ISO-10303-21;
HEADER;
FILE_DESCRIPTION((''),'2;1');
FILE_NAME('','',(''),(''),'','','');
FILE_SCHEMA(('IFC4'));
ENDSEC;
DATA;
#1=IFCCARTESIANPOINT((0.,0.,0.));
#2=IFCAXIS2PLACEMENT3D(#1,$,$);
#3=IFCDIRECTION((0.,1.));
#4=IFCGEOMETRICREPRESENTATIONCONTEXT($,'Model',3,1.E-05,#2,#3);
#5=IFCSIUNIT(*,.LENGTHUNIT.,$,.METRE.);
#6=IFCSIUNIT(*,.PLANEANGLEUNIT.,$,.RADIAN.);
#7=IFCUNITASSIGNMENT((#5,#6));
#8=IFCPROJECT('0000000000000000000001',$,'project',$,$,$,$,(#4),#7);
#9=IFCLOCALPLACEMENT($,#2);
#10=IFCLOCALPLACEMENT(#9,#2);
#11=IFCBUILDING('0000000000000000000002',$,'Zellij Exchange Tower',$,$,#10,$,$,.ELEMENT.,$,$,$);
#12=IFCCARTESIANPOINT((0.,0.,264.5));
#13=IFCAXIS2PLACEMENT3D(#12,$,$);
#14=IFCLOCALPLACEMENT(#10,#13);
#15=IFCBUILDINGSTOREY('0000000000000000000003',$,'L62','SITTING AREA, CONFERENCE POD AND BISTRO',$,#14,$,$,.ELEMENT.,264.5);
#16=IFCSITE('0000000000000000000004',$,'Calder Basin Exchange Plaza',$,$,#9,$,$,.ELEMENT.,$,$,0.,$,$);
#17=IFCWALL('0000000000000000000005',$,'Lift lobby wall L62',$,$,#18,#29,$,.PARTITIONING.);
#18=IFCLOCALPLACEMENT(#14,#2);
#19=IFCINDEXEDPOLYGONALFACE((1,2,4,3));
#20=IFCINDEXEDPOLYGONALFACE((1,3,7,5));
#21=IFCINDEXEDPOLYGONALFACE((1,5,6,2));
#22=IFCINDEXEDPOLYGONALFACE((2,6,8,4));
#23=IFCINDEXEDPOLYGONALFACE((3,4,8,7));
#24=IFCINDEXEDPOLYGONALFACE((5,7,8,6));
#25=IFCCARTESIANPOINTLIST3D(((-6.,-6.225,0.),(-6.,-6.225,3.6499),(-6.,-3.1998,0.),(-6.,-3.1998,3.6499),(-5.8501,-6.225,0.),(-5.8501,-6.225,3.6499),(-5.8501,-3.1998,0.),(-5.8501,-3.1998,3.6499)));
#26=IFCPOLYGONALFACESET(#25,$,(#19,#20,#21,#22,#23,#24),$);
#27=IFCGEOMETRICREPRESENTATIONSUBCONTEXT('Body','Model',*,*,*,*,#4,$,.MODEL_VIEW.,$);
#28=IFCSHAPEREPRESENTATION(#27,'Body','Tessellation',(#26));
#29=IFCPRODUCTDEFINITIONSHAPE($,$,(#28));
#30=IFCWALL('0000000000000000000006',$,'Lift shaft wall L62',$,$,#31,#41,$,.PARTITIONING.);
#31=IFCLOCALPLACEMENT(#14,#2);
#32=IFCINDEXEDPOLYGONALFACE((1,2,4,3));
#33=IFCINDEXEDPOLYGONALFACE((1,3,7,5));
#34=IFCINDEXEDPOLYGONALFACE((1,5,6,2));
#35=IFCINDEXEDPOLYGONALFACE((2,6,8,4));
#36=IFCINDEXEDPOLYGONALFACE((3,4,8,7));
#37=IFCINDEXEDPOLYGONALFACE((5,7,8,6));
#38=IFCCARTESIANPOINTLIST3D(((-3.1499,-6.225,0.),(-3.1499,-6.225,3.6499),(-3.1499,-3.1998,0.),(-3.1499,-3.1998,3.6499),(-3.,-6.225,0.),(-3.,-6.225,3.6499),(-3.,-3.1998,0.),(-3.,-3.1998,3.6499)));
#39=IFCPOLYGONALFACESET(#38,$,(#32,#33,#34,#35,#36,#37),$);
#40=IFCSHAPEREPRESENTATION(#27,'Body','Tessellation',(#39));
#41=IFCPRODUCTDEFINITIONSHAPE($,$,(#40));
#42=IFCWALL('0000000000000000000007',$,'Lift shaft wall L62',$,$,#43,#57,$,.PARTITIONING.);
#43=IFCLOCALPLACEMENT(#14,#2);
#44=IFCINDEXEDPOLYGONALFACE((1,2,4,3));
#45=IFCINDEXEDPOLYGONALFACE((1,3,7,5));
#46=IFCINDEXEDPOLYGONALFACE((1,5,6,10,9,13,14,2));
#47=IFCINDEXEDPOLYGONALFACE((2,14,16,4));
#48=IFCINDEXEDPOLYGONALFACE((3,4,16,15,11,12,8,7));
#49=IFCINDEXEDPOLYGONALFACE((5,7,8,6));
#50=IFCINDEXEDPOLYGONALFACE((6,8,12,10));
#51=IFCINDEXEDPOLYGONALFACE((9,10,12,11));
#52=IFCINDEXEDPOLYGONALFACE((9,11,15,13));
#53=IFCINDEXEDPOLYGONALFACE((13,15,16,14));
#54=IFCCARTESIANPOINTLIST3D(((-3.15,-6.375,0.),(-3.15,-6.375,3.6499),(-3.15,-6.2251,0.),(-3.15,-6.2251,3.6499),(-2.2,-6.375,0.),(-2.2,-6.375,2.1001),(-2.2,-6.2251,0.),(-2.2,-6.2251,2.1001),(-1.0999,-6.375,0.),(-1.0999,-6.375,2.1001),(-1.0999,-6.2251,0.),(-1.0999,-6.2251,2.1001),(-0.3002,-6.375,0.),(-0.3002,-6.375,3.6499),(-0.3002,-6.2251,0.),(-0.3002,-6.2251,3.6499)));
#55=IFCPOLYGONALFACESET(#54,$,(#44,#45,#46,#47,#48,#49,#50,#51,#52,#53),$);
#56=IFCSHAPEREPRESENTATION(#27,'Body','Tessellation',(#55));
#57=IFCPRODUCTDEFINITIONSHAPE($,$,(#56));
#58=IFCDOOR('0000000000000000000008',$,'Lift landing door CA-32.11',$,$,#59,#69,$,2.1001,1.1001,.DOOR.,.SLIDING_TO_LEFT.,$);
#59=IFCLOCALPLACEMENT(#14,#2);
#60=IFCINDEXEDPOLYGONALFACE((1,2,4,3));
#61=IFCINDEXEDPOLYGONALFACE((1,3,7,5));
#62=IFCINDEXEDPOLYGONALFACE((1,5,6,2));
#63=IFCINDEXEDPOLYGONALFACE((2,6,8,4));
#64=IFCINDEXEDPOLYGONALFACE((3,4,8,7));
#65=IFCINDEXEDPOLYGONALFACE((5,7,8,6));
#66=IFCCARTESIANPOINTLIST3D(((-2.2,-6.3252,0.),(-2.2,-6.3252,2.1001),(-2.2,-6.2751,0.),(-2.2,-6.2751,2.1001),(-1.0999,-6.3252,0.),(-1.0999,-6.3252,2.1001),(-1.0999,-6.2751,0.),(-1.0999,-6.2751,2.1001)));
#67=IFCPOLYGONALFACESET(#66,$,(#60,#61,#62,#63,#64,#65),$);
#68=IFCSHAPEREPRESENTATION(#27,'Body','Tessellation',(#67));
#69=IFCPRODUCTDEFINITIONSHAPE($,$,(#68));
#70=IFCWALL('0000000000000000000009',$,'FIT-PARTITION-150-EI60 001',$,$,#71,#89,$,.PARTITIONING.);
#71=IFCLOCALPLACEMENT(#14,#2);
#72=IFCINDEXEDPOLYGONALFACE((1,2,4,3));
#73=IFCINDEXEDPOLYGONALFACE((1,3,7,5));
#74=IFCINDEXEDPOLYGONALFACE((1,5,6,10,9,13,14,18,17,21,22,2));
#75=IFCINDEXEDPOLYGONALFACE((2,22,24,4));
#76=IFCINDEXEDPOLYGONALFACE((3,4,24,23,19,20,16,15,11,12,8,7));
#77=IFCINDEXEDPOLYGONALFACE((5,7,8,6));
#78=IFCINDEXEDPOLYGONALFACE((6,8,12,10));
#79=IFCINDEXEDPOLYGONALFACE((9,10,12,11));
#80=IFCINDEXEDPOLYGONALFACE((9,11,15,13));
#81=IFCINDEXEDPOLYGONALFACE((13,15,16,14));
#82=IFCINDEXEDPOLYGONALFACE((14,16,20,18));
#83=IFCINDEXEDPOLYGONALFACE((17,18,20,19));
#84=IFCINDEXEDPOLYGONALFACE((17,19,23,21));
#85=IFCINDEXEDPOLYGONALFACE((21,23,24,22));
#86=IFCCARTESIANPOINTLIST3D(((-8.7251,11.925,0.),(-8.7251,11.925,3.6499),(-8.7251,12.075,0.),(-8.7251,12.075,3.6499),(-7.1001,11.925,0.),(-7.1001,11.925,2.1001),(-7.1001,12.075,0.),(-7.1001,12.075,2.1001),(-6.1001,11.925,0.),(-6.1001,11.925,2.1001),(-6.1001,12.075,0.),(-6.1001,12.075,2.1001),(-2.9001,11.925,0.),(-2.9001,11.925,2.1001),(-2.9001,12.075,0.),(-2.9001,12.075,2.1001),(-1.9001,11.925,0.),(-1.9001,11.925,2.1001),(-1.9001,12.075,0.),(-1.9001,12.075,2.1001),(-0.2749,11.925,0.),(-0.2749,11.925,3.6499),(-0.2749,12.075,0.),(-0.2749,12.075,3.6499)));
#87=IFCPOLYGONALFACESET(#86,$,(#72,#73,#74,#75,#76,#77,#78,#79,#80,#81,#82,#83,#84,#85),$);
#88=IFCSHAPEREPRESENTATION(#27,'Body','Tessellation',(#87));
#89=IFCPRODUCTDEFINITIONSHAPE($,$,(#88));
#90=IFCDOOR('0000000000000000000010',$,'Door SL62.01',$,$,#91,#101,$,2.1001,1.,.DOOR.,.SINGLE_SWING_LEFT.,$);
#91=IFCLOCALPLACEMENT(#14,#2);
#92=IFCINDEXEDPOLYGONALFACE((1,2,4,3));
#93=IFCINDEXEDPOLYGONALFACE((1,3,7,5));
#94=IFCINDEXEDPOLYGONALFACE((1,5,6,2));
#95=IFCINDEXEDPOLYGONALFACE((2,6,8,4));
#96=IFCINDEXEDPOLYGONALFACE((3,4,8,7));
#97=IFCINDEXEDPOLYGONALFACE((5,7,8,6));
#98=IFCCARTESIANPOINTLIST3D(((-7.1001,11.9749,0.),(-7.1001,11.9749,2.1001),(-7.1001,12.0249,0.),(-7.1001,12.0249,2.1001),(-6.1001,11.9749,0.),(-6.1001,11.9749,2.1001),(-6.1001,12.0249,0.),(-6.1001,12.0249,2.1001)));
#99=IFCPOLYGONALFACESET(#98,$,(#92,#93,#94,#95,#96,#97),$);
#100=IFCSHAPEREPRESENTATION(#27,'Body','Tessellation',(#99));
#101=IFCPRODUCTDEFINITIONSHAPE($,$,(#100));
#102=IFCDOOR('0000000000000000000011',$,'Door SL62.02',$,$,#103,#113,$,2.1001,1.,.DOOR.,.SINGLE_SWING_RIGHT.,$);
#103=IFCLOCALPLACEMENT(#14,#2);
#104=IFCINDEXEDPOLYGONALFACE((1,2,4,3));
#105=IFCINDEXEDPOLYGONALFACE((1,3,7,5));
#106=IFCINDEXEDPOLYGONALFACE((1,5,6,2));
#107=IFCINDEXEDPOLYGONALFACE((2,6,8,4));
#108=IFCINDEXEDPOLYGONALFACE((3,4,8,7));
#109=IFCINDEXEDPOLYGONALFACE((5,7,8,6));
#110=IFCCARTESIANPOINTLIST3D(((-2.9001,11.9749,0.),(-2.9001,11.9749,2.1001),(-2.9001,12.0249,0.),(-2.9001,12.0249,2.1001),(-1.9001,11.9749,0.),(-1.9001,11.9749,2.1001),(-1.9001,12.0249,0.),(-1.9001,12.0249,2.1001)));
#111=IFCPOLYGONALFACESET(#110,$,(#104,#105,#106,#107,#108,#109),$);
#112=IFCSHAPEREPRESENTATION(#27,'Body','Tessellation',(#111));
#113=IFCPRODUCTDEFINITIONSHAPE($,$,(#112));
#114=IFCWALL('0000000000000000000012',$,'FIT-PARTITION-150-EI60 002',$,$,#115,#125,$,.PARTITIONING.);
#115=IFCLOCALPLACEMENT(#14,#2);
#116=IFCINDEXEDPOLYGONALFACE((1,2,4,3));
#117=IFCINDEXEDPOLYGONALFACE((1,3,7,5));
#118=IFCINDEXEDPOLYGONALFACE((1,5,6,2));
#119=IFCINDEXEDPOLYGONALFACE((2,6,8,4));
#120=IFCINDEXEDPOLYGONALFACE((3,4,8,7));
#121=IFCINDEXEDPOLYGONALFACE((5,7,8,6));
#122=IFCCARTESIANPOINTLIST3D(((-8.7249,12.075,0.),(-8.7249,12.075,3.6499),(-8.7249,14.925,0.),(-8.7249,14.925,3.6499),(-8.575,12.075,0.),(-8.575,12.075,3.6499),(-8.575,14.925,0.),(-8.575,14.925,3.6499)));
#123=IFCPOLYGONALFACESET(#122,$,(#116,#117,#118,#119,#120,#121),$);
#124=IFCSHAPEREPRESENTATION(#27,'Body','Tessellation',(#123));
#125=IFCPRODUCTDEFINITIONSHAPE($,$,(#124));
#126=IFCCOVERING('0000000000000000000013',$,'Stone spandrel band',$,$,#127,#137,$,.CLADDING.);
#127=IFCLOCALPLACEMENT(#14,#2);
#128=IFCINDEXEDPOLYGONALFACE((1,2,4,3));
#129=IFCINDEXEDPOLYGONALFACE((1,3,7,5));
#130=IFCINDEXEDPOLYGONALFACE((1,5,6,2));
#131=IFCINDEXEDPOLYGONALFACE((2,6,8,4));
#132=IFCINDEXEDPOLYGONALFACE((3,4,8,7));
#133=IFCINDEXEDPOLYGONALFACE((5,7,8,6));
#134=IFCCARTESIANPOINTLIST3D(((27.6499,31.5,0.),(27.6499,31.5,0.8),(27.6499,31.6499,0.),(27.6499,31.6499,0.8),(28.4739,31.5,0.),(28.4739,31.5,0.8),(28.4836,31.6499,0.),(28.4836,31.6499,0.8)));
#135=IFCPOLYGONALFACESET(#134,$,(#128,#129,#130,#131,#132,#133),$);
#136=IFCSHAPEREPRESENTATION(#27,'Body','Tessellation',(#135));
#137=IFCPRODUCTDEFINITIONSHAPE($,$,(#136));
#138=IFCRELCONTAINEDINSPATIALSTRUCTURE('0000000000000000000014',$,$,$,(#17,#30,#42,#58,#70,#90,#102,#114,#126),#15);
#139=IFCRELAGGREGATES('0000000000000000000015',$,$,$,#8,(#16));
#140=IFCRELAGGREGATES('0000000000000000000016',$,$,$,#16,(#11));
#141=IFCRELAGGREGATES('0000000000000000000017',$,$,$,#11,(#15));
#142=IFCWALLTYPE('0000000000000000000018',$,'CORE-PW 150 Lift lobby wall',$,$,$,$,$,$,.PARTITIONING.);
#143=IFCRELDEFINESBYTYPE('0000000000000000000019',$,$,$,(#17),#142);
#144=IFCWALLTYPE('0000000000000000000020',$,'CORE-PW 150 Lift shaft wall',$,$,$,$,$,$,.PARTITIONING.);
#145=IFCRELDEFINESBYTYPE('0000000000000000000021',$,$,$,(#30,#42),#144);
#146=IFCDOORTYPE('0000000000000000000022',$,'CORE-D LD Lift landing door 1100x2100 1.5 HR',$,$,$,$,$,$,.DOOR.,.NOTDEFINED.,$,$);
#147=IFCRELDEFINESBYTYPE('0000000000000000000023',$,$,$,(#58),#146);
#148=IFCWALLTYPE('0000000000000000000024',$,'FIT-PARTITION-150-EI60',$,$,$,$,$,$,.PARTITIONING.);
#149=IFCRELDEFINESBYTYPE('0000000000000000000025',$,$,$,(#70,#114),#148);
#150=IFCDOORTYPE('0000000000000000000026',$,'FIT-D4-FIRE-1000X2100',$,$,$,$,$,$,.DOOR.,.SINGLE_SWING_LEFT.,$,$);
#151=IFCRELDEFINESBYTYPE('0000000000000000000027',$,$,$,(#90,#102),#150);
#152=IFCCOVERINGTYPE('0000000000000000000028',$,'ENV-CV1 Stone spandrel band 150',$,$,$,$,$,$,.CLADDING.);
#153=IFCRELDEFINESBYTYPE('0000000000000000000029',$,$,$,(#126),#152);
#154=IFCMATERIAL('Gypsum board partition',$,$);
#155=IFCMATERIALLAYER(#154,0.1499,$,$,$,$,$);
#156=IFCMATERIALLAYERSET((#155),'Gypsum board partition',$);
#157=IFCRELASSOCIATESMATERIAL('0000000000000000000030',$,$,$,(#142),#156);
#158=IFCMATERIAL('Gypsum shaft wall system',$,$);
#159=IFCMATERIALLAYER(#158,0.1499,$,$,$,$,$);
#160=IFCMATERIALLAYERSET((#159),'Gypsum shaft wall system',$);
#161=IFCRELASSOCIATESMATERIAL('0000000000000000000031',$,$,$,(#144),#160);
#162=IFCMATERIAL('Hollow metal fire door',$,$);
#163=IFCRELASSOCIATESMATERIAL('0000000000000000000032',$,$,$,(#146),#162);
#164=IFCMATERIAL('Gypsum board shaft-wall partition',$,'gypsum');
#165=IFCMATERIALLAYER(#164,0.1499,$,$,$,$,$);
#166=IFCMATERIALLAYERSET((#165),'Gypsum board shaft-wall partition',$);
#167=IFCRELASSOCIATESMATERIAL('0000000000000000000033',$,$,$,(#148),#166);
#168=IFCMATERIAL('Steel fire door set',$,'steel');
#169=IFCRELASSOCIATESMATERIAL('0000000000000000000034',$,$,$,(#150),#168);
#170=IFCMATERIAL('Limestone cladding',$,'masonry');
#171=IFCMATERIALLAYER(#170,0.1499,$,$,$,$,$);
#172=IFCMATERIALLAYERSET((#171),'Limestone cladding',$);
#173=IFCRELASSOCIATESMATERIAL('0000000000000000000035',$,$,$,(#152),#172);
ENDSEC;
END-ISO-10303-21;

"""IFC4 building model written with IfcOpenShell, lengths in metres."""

from ifc_helpers import new_model, si_unit, direction, frame, frame_2d, origin, place, context, subcontext, project, spatial, polyline, rectangle, outline, extrude, material, layer, layer_set, type_object, element, fill, save


model = new_model("IFC4")

# Units and contexts
model_context = context("Model", 3, precision=1e-05, world=origin(), true_north=direction((0.0, 1.0)))
body_context = subcontext(model_context, "Body", "Model", "MODEL_VIEW")
ifc_project = project(units=[si_unit("LENGTHUNIT", "METRE"), si_unit("PLANEANGLEUNIT", "RADIAN")], contexts=[model_context])

# Site, building, storey
site_placement = place(None, origin())
site = spatial("IfcSite", under=ifc_project, at=site_placement, Name="Calder Basin Exchange Plaza", CompositionType="ELEMENT", RefElevation=0.0)
building_placement = place(site_placement, origin())
building = spatial("IfcBuilding", under=site, at=building_placement, Name="Zellij Exchange Tower", CompositionType="ELEMENT")
storey_placement = place(building_placement, frame((0.0, 0.0, 264.5)))
storey = spatial("IfcBuildingStorey", under=building, at=storey_placement, Name="L62", Description="SITTING AREA, CONFERENCE POD AND BISTRO", CompositionType="ELEMENT", Elevation=264.5)

# Shared definitions
ifc_material_1 = material(Name="Gypsum shaft wall system")
ifc_material_2 = material(Name="Hollow metal fire door")

# Walls
ifc_material_3 = material(Name="Gypsum board partition")
ifc_layer_1 = layer(ifc_material_3, 0.1499)
ifc_layer_set_1 = layer_set([ifc_layer_1], Name="Gypsum board partition")
wall_type_1 = type_object("IfcWallType", Name="CORE-PW 150 Lift lobby wall", PredefinedType="PARTITIONING", material=ifc_layer_set_1)
for number, where, z_axis, x_axis, name in (
    (1, (-5.925, -6.2251, 0.0), (0.0, 0.0, 1.0), (0.0, 1.0, 0.0), "Lift lobby wall L62"),
):
    element("IfcWall", number, at=place(storey_placement, frame(where, z_axis=z_axis, x_axis=x_axis)), inside=storey, type_object=wall_type_1, Name=name, PredefinedType="PARTITIONING", context=body_context, shape_type="SweptSolid", body=[
        extrude(rectangle(XDim=3.0251, YDim=0.1499, at=frame_2d((1.5127, 0.0))), origin(), (0.0, 0.0, 1.0), 3.6499),
    ])
ifc_layer_2 = layer(ifc_material_1, 0.1499)
ifc_layer_set_2 = layer_set([ifc_layer_2], Name="Gypsum shaft wall system")
wall_type_2 = type_object("IfcWallType", Name="CORE-PW 150 Lift shaft wall", PredefinedType="PARTITIONING", material=ifc_layer_set_2)
wall_1_placement = place(storey_placement, frame((-3.075, -6.2251, 0.0), z_axis=(0.0, 0.0, 1.0), x_axis=(0.0, 1.0, 0.0)))
element("IfcWall", 2, at=wall_1_placement, inside=storey, type_object=wall_type_2, Name="Lift shaft wall L62", PredefinedType="PARTITIONING", context=body_context, shape_type="SweptSolid", body=[
    extrude(rectangle(XDim=3.0251, YDim=0.1499, at=frame_2d((1.5127, 0.0))), origin(), (0.0, 0.0, 1.0), 3.6499),
])

# Wall, opening, door
wall_2_placement = place(storey_placement, frame((-3.1499, -6.3, 0.0), z_axis=(0.0, 0.0, 1.0), x_axis=(1.0, 0.0, 0.0)))
wall_2 = element("IfcWall", 3, at=wall_2_placement, inside=storey, type_object=wall_type_2, Name="Lift shaft wall L62", PredefinedType="PARTITIONING", context=body_context, shape_type="SweptSolid", body=[
    extrude(rectangle(XDim=2.8499, YDim=0.1499, at=frame_2d((1.4248, 0.0))), origin(), (0.0, 0.0, 1.0), 3.6499),
])
opening_1_placement = place(wall_2_placement, frame((0.95, 0.0, 0.0)))
opening_1 = element("IfcOpeningElement", 4, at=opening_1_placement, cuts=wall_2, PredefinedType="OPENING", context=body_context, shape_type="SweptSolid", body=[
    extrude(rectangle(XDim=1.1001, YDim=2.1001, at=frame_2d((0.55, 1.05))), frame((0.0, 0.0869, 0.0), z_axis=(0.0, -1.0, 0.0), x_axis=(1.0, 0.0, 0.0)), (0.0, 0.0, 1.0), 0.1738),
])
door_type_1 = type_object("IfcDoorType", Name="CORE-D LD Lift landing door 1100x2100 1.5 HR", OperationType="NOTDEFINED", PredefinedType="DOOR", material=ifc_material_2)
door_1_placement = place(opening_1_placement, origin())
door_1 = element("IfcDoor", 5, at=door_1_placement, inside=storey, type_object=door_type_1, Name="Lift landing door CA-32.11", OperationType="SLIDING_TO_LEFT", OverallHeight=2.1001, OverallWidth=1.1001, PredefinedType="DOOR", context=body_context, shape_type="SweptSolid", body=[
    extrude(rectangle(XDim=1.1001, YDim=2.1001, at=frame_2d((0.55, 1.05))), frame((0.0, 0.0249, 0.0), z_axis=(0.0, -1.0, 0.0), x_axis=(1.0, 0.0, 0.0)), (0.0, 0.0, 1.0), 0.05),
])
fill(opening_1, door_1)

# Wall, openings, doors
ifc_material_4 = material(Name="Gypsum board shaft-wall partition", Category="gypsum")
ifc_layer_3 = layer(ifc_material_4, 0.1499)
ifc_layer_set_3 = layer_set([ifc_layer_3], Name="Gypsum board shaft-wall partition")
wall_type_3 = type_object("IfcWallType", Name="FIT-PARTITION-150-EI60", PredefinedType="PARTITIONING", material=ifc_layer_set_3)
wall_3_placement = place(storey_placement, frame((-8.7251, 12.0, 0.0), z_axis=(0.0, 0.0, 1.0), x_axis=(1.0, 0.0, 0.0)))
wall_3 = element("IfcWall", 6, at=wall_3_placement, inside=storey, type_object=wall_type_3, Name="FIT-PARTITION-150-EI60 001", PredefinedType="PARTITIONING", context=body_context, shape_type="SweptSolid", body=[
    extrude(rectangle(XDim=8.4502, YDim=0.1499, at=frame_2d((4.2251, 0.0))), origin(), (0.0, 0.0, 1.0), 3.6499),
])
opening_2_placement = place(wall_3_placement, frame((1.625, 0.0, 0.0)))
opening_2 = element("IfcOpeningElement", 7, at=opening_2_placement, cuts=wall_3, PredefinedType="OPENING", context=body_context, shape_type="SweptSolid", body=[
    extrude(rectangle(XDim=1.0, YDim=2.1001, at=frame_2d((0.5, 1.05))), frame((0.0, 0.0869, 0.0), z_axis=(0.0, -1.0, 0.0), x_axis=(1.0, 0.0, 0.0)), (0.0, 0.0, 1.0), 0.1738),
])
opening_3_placement = place(wall_3_placement, frame((5.825, 0.0, 0.0)))
opening_3 = element("IfcOpeningElement", 8, at=opening_3_placement, cuts=wall_3, PredefinedType="OPENING", context=body_context, shape_type="SweptSolid", body=[
    extrude(rectangle(XDim=1.0, YDim=2.1001, at=frame_2d((0.5, 1.05))), frame((0.0, 0.0869, 0.0), z_axis=(0.0, -1.0, 0.0), x_axis=(1.0, 0.0, 0.0)), (0.0, 0.0, 1.0), 0.1738),
])
ifc_material_5 = material(Name="Steel fire door set", Category="steel")
door_type_2 = type_object("IfcDoorType", Name="FIT-D4-FIRE-1000X2100", OperationType="SINGLE_SWING_LEFT", PredefinedType="DOOR", material=ifc_material_5)
door_2_placement = place(opening_2_placement, origin())
door_2 = element("IfcDoor", 9, at=door_2_placement, inside=storey, type_object=door_type_2, Name="Door SL62.01", OperationType="SINGLE_SWING_LEFT", OverallHeight=2.1001, OverallWidth=1.0, PredefinedType="DOOR", context=body_context, shape_type="SweptSolid", body=[
    extrude(rectangle(XDim=1.0, YDim=2.1001, at=frame_2d((0.5, 1.05))), frame((0.0, 0.0249, 0.0), z_axis=(0.0, -1.0, 0.0), x_axis=(1.0, 0.0, 0.0)), (0.0, 0.0, 1.0), 0.05),
])
fill(opening_2, door_2)
door_3_placement = place(opening_3_placement, origin())
door_3 = element("IfcDoor", 10, at=door_3_placement, inside=storey, type_object=door_type_2, Name="Door SL62.02", OperationType="SINGLE_SWING_RIGHT", OverallHeight=2.1001, OverallWidth=1.0, PredefinedType="DOOR", context=body_context, shape_type="SweptSolid", body=[
    extrude(rectangle(XDim=1.0, YDim=2.1001, at=frame_2d((0.5, 1.05))), frame((0.0, 0.0249, 0.0), z_axis=(0.0, -1.0, 0.0), x_axis=(1.0, 0.0, 0.0)), (0.0, 0.0, 1.0), 0.05),
])
fill(opening_3, door_3)

# Wall
wall_4_placement = place(storey_placement, frame((-8.6499, 12.075, 0.0), z_axis=(0.0, 0.0, 1.0), x_axis=(0.0, 1.0, 0.0)))
element("IfcWall", 11, at=wall_4_placement, inside=storey, type_object=wall_type_3, Name="FIT-PARTITION-150-EI60 002", PredefinedType="PARTITIONING", context=body_context, shape_type="SweptSolid", body=[
    extrude(rectangle(XDim=2.8501, YDim=0.1499, at=frame_2d((1.425, 0.0))), origin(), (0.0, 0.0, 1.0), 3.6499),
])

# Covering
ifc_material_6 = material(Name="Limestone cladding", Category="masonry")
ifc_layer_4 = layer(ifc_material_6, 0.1499)
ifc_layer_set_4 = layer_set([ifc_layer_4], Name="Limestone cladding")
covering_type = type_object("IfcCoveringType", Name="ENV-CV1 Stone spandrel band 150", PredefinedType="CLADDING", material=ifc_layer_set_4)
covering_placement = place(storey_placement, origin())
element("IfcCovering", 12, at=covering_placement, inside=storey, type_object=covering_type, Name="Stone spandrel band", PredefinedType="CLADDING", context=body_context, shape_type="SweptSolid", body=[
    extrude(outline(polyline([(28.4739, 31.5), (27.6499, 31.5), (27.6499, 31.6499), (28.4836, 31.6499), (28.4739, 31.5)])), origin(), (0.0, 0.0, 1.0), 0.8),
])

save(model, "model.ifc")
